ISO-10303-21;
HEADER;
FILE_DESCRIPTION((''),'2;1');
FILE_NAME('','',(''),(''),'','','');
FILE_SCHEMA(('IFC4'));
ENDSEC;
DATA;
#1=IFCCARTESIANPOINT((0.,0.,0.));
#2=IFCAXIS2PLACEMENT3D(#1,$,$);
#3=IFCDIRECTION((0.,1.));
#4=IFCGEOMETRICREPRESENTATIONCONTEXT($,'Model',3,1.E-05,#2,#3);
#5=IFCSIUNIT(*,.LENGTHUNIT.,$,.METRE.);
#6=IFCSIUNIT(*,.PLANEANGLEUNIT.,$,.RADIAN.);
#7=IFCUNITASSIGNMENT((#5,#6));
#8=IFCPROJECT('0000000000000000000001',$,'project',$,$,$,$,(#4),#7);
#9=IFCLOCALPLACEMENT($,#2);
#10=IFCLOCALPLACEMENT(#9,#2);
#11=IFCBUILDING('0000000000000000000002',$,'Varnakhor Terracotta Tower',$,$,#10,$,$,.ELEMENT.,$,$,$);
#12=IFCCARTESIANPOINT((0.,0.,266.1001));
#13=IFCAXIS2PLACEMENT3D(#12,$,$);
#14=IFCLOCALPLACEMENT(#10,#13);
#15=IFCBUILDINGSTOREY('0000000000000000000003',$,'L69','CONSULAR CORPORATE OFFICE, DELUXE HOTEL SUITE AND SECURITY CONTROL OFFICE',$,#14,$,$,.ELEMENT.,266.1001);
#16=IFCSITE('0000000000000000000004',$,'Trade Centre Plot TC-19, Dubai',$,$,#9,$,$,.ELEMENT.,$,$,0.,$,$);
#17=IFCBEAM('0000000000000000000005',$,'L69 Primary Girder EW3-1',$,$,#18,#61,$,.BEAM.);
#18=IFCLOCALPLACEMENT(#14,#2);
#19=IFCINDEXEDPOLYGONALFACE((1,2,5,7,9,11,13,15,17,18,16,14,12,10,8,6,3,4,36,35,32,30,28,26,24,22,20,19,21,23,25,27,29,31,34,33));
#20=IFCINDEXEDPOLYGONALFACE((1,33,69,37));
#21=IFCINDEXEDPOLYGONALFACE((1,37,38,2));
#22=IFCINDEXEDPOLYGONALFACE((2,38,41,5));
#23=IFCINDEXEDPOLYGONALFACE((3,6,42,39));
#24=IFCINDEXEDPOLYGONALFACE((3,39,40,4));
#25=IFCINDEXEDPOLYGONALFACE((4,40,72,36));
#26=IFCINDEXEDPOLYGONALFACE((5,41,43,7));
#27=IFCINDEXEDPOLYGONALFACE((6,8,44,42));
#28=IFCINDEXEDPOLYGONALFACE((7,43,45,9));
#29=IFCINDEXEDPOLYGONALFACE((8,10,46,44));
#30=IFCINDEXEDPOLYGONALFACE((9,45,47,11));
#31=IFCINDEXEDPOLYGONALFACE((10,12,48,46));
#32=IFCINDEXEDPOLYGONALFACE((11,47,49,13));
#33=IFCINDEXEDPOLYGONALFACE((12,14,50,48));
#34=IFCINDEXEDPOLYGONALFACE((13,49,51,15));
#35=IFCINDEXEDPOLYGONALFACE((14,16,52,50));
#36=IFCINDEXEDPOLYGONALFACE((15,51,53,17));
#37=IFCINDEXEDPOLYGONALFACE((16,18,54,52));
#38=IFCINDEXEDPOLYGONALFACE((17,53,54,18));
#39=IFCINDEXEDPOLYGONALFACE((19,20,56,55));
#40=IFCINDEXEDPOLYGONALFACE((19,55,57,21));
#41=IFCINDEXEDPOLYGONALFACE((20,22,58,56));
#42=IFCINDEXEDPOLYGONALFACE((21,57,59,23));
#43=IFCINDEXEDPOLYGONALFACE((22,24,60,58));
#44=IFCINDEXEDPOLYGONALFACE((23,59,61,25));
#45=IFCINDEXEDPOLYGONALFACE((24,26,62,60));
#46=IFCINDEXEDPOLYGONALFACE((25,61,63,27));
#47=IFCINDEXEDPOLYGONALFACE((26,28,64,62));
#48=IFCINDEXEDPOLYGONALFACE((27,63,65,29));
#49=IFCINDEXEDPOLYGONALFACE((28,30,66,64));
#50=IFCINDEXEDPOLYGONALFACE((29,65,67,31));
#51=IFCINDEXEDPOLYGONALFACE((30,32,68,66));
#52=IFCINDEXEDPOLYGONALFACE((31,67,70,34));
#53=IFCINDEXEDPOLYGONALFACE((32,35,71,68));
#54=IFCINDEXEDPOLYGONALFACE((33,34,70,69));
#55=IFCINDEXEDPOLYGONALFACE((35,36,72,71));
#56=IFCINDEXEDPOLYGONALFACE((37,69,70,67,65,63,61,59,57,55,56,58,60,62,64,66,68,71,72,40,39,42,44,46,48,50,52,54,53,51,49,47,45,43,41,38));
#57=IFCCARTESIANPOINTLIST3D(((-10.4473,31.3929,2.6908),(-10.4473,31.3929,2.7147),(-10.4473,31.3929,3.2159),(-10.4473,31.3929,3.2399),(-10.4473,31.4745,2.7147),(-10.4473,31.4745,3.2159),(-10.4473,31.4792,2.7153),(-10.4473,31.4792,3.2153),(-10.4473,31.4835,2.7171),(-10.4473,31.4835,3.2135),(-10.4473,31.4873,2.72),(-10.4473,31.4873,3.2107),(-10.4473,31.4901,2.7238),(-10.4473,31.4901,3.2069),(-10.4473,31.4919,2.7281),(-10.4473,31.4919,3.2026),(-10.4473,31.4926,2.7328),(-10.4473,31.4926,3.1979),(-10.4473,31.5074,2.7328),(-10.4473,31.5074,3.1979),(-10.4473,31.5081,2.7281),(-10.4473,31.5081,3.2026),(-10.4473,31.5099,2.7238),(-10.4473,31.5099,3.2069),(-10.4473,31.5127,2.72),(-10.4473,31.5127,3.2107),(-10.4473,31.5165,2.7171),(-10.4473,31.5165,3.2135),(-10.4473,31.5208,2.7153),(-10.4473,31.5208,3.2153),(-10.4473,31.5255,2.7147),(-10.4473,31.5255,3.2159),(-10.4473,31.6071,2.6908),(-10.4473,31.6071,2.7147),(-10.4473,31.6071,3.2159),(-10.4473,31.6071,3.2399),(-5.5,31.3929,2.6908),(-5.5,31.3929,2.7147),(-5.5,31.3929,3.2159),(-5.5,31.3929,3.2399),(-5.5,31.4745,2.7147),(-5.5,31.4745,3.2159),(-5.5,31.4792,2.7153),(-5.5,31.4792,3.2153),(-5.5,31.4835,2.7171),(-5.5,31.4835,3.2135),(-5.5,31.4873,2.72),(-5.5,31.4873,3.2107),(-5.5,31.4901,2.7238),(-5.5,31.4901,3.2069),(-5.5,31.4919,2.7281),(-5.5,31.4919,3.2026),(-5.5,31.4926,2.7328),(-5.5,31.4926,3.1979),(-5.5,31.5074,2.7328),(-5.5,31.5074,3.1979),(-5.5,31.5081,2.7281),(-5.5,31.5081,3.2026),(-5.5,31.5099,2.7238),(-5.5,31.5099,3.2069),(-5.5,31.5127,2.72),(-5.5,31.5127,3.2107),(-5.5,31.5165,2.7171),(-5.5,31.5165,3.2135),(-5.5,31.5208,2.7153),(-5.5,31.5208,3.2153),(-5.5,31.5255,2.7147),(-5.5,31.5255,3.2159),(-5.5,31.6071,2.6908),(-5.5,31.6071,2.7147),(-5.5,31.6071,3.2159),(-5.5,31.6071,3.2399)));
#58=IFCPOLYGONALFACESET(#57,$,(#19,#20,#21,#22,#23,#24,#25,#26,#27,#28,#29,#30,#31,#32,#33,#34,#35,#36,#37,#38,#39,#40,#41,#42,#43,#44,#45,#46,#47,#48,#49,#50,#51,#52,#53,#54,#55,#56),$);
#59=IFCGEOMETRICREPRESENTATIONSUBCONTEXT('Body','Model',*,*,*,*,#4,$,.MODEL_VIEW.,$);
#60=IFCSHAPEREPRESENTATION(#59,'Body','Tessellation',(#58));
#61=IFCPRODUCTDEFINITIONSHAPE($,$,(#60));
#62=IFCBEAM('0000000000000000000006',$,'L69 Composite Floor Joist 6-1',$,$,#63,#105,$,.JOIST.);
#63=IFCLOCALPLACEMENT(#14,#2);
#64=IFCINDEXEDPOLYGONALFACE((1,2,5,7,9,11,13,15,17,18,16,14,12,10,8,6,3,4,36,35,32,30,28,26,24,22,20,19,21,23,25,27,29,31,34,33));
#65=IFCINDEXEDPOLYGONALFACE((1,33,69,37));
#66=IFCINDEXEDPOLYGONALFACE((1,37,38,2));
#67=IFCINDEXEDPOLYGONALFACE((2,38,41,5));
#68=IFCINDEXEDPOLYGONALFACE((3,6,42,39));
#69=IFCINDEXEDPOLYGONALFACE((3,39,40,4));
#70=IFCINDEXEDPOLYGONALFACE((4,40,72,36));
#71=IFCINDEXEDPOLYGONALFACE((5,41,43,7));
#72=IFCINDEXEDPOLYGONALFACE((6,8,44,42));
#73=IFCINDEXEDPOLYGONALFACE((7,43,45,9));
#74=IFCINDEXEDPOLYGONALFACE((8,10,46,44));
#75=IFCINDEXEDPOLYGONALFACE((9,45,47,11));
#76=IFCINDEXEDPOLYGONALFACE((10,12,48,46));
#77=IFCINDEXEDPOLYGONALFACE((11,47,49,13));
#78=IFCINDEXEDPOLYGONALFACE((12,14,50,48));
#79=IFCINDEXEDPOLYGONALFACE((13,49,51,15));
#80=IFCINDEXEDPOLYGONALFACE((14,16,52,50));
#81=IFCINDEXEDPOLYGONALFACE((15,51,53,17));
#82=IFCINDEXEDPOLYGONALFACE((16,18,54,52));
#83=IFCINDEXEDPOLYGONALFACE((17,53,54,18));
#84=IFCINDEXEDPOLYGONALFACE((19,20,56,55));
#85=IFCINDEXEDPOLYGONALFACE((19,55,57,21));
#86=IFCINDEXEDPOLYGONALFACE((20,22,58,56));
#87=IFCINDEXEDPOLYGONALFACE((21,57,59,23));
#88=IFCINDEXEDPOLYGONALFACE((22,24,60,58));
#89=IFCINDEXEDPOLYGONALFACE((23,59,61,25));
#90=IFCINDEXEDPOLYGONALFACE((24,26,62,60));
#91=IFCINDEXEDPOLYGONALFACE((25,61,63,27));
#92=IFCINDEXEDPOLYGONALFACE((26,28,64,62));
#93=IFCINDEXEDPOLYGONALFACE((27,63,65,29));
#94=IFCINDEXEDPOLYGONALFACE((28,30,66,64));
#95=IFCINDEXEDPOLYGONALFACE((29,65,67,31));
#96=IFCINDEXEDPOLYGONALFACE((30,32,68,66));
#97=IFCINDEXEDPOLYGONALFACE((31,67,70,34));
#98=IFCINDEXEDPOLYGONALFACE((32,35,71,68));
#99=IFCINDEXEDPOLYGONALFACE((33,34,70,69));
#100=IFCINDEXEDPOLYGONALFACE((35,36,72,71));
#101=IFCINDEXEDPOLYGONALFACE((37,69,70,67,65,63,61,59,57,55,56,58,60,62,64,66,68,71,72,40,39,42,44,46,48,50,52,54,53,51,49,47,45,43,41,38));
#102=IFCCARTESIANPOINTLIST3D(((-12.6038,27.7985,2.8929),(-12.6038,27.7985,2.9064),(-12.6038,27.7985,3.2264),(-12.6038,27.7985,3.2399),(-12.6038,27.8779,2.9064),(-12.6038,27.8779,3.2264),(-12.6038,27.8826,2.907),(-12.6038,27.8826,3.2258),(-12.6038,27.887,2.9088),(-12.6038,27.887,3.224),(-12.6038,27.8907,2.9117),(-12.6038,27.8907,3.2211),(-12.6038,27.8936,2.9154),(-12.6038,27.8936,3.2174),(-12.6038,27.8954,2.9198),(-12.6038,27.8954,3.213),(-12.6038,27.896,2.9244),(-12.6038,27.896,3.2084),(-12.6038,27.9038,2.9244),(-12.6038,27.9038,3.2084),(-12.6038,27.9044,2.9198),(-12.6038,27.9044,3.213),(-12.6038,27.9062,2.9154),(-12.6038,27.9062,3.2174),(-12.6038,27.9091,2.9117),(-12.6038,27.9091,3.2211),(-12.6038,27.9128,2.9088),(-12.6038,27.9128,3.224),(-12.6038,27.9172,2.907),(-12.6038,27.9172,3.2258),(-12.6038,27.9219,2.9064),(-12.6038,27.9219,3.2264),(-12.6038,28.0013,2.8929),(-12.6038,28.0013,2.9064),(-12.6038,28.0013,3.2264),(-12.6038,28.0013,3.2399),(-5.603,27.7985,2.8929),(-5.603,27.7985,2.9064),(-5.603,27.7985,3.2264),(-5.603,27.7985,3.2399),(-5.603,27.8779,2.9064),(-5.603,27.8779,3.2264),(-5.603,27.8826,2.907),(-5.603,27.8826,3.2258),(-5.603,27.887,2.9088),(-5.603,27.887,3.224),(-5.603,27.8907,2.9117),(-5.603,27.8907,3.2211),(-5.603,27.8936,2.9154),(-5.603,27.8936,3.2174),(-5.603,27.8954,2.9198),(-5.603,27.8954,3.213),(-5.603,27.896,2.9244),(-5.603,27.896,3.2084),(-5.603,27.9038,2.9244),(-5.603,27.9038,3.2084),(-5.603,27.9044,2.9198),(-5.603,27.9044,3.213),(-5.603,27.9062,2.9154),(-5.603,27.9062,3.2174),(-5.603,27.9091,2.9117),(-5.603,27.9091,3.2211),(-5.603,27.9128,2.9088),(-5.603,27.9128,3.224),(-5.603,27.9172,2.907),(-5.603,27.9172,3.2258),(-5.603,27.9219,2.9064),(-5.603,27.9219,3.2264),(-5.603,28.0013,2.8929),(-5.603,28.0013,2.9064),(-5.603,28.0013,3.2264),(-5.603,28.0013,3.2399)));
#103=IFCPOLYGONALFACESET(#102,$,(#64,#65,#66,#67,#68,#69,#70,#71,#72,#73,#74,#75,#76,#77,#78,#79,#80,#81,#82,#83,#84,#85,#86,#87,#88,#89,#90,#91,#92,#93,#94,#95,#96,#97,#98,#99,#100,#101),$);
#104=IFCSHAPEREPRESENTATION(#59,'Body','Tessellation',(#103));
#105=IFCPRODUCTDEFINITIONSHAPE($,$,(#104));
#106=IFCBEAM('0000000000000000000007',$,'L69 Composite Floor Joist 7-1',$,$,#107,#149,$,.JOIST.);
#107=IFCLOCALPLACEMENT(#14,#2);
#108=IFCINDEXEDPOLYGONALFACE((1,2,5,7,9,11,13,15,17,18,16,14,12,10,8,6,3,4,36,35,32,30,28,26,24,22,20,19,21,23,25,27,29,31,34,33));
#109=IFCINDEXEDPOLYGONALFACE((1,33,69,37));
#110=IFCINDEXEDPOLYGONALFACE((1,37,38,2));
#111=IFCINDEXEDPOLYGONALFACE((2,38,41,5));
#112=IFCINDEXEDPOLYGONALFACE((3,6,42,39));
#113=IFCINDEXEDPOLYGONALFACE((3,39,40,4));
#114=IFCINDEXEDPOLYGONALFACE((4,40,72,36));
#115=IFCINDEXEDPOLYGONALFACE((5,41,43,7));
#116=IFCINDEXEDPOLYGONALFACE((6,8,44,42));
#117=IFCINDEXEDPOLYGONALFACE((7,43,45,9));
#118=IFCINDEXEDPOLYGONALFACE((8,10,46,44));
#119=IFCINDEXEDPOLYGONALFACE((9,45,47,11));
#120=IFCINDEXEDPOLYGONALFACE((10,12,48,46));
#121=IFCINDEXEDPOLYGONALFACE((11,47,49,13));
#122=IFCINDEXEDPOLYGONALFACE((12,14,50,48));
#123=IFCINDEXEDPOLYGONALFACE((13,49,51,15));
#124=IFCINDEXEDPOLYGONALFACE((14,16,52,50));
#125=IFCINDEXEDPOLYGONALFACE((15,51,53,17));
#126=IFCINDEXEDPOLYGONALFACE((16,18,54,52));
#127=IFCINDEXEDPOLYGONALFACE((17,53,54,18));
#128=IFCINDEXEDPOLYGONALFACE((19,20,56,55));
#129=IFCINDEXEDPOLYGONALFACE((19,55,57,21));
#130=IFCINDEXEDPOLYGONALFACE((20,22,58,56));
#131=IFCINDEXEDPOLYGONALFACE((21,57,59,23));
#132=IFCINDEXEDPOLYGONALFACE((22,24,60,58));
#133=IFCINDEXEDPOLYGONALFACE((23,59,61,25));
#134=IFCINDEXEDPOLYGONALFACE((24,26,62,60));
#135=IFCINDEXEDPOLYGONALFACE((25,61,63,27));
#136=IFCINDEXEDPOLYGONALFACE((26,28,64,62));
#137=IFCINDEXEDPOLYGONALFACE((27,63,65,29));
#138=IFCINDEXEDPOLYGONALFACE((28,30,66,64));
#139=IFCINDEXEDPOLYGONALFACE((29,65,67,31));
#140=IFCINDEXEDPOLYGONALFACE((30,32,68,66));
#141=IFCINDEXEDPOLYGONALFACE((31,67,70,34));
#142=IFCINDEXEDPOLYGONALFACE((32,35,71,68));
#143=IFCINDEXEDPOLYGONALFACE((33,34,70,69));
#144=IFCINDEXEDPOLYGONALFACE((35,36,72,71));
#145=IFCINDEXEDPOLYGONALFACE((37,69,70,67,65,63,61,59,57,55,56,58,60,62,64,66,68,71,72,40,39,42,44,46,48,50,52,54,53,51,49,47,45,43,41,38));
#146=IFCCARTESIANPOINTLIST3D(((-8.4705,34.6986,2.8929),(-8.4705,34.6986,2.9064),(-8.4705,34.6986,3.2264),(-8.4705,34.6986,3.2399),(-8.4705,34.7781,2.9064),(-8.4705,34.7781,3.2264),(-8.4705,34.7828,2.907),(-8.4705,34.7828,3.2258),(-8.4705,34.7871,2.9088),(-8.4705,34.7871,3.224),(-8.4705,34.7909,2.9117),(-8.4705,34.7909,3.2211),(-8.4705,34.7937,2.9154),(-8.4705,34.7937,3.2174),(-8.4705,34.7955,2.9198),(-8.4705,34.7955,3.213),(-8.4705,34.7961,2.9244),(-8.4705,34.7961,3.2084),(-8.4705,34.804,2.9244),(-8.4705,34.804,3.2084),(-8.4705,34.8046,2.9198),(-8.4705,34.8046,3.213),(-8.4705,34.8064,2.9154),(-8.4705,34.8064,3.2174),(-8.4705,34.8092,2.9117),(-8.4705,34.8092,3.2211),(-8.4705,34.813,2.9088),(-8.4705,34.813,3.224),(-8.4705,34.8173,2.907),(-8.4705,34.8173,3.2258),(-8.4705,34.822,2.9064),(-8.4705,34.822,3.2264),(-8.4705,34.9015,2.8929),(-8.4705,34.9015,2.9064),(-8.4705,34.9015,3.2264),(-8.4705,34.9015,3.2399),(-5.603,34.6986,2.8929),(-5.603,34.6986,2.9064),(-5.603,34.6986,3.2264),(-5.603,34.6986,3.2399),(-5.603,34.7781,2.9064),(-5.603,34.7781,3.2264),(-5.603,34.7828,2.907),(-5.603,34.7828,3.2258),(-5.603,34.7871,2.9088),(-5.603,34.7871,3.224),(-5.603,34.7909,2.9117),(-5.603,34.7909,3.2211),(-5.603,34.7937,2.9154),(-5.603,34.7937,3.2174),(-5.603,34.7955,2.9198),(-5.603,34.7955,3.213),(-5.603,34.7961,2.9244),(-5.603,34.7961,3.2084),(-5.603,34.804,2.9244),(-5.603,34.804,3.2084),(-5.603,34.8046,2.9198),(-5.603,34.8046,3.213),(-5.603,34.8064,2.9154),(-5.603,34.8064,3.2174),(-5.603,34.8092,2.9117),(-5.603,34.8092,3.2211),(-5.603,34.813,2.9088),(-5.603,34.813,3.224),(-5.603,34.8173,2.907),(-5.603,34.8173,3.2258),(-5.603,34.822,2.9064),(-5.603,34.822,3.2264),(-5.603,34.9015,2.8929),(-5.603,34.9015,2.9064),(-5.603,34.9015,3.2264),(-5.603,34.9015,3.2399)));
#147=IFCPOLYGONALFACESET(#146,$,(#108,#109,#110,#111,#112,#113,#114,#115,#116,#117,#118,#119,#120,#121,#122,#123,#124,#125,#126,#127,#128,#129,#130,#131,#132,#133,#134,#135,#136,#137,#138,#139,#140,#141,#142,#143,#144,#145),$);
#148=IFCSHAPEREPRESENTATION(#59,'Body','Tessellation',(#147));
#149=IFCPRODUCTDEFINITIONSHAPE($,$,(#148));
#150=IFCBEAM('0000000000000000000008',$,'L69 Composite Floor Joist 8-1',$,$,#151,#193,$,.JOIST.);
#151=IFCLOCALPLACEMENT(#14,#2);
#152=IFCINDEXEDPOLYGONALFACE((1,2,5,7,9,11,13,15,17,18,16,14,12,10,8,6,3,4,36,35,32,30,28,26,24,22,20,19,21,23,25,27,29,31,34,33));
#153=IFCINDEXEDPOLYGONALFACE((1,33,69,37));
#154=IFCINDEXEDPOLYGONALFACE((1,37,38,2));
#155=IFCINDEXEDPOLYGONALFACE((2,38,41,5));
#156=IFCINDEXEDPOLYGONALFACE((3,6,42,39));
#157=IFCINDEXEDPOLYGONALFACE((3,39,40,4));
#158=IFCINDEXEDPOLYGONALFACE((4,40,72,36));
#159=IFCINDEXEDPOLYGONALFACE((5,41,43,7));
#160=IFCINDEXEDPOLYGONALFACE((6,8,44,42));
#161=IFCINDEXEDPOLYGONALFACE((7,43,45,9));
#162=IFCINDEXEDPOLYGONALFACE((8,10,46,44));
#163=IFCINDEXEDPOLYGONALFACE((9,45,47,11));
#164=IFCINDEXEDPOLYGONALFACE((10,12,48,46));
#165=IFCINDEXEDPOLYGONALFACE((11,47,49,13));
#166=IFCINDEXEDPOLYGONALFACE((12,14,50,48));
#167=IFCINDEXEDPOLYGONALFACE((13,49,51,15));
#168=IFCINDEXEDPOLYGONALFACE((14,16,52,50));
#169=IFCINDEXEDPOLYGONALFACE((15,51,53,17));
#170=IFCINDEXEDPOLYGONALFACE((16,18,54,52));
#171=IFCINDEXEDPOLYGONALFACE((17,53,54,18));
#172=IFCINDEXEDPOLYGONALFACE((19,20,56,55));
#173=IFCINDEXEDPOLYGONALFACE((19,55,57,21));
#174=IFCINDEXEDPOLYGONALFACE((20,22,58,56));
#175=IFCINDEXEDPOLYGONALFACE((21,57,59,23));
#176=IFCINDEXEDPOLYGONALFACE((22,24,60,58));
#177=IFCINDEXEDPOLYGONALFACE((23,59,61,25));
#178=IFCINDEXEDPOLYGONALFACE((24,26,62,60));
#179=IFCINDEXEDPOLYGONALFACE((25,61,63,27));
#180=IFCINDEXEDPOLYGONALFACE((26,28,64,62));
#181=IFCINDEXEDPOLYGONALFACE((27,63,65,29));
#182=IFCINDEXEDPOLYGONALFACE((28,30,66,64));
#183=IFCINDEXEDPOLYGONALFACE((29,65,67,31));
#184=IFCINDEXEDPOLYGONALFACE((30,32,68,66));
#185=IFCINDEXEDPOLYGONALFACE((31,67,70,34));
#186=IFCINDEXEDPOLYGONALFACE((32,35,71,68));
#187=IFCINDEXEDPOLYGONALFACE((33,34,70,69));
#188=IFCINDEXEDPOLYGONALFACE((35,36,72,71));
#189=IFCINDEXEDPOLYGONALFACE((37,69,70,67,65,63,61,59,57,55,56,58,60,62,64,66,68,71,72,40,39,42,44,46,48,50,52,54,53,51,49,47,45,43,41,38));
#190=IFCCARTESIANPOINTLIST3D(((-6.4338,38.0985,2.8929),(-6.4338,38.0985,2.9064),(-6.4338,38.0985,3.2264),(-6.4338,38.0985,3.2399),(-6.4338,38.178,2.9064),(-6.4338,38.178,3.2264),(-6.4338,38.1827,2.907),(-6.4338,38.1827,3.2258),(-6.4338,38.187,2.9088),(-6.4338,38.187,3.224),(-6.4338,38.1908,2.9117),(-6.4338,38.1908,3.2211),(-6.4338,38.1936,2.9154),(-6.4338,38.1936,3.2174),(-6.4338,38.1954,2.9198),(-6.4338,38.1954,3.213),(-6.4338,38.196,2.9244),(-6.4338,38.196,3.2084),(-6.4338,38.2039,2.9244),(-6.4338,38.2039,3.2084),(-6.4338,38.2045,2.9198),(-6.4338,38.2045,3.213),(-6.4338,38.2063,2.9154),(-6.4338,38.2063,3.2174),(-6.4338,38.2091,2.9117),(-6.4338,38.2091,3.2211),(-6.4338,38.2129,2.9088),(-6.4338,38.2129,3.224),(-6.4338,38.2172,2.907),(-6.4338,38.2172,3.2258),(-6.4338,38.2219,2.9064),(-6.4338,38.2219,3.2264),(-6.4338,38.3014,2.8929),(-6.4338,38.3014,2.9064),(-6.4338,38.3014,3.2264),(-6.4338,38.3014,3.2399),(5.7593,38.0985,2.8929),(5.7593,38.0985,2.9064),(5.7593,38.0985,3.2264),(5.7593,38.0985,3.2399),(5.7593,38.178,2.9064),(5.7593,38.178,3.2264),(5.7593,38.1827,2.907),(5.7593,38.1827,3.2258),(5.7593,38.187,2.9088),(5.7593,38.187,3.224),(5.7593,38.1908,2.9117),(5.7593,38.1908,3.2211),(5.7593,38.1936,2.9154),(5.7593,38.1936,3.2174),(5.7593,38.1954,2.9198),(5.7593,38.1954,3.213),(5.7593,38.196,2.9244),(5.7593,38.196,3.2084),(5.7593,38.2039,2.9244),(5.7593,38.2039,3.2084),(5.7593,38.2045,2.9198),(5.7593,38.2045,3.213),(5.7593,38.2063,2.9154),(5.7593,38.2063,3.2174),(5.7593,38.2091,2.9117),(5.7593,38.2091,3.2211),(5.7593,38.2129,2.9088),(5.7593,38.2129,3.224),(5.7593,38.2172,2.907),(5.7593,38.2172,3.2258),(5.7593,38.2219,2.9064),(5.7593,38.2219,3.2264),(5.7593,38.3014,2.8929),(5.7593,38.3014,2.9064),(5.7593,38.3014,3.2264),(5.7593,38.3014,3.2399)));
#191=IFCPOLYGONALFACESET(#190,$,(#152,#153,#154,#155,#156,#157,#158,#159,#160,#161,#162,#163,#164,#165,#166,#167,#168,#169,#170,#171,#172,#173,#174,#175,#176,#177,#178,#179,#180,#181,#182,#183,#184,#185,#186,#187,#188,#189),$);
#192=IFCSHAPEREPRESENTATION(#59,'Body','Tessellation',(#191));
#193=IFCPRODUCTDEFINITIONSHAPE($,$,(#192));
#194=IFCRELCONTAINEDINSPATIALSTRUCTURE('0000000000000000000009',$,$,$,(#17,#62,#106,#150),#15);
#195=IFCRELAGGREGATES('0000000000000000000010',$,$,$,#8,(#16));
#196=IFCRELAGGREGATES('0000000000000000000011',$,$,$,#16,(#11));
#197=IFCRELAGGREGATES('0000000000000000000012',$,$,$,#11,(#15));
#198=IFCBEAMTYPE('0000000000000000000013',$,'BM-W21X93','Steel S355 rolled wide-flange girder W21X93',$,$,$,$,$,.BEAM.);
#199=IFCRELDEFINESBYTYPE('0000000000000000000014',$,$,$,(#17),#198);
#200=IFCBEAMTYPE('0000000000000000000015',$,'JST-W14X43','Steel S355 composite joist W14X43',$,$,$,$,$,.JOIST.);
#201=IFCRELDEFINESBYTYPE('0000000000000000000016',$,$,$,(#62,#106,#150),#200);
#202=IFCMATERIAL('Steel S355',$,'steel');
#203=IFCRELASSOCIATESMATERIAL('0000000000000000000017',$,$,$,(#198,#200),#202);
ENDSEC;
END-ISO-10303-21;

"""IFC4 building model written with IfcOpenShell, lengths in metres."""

from ifc_helpers import new_model, si_unit, direction, frame, origin, origin_2d, place, context, subcontext, project, spatial, i_section, extrude, source, transform, mapped, material, material_profile, profile_set, type_object, element, save


model = new_model("IFC4")

# Units and contexts
model_context = context("Model", 3, precision=1e-05, world=origin(), true_north=direction((0.0, 1.0)))
body_context = subcontext(model_context, "Body", "Model", "MODEL_VIEW")
ifc_project = project(units=[si_unit("LENGTHUNIT", "METRE"), si_unit("PLANEANGLEUNIT", "RADIAN")], contexts=[model_context])

# Site, building, storey
site_placement = place(None, origin())
site = spatial("IfcSite", under=ifc_project, at=site_placement, Name="Trade Centre Plot TC-19, Dubai", CompositionType="ELEMENT", RefElevation=0.0)
building_placement = place(site_placement, origin())
building = spatial("IfcBuilding", under=site, at=building_placement, Name="Varnakhor Terracotta Tower", CompositionType="ELEMENT")
storey_placement = place(building_placement, frame((0.0, 0.0, 266.1001)))
storey = spatial("IfcBuildingStorey", under=building, at=storey_placement, Name="L69", Description="CONSULAR CORPORATE OFFICE, DELUXE HOTEL SUITE AND SECURITY CONTROL OFFICE", CompositionType="ELEMENT", Elevation=266.1001)

# Beams
ifc_material_1 = material(Name="Steel S355", Category="steel")
ifc_material_profile_1 = material_profile(ifc_material_1, i_section(OverallWidth=0.2141, OverallDepth=0.5491, WebThickness=0.0149, FlangeThickness=0.0239, FilletRadius=0.0181, at=origin_2d()), Name="W21X93")
ifc_profile_set_1 = profile_set([ifc_material_profile_1], Name="Steel S355")
beam_type_1 = type_object("IfcBeamType", Name="BM-W21X93", Description="Steel S355 rolled wide-flange girder W21X93", PredefinedType="BEAM", material=ifc_profile_set_1)
ifc_material_profile_2 = material_profile(ifc_material_1, i_section(OverallWidth=0.2029, OverallDepth=0.3469, WebThickness=0.0078, FlangeThickness=0.0134, FilletRadius=0.0181, at=origin_2d()), Name="W14X43")
ifc_profile_set_2 = profile_set([ifc_material_profile_2], Name="Steel S355")
beam_type_2 = type_object("IfcBeamType", Name="JST-W14X43", Description="Steel S355 composite joist W14X43", PredefinedType="JOIST", material=ifc_profile_set_2)
shared_shape_1 = source(origin(), body_context, "Body", "SweptSolid", [
    extrude(i_section(OverallWidth=0.2141, OverallDepth=0.5491, WebThickness=0.0149, FlangeThickness=0.0239, FilletRadius=0.0181, at=origin_2d()), origin(), (0.0, 0.0, 1.0), 4.9473),
])
beam_1_placement = place(storey_placement, frame((-10.4473, 31.5, 2.9653), z_axis=(1.0, 0.0, 0.0), x_axis=(0.0, 1.0, 0.0)))
element("IfcBeam", 1, at=beam_1_placement, inside=storey, type_object=beam_type_1, Name="L69 Primary Girder EW3-1", PredefinedType="BEAM", context=body_context, shape_type="MappedRepresentation", body=[
    mapped(shared_shape_1, transform((0.0, 0.0, 0.0), scale=1.0)),
])
shared_shape_2 = source(origin(), body_context, "Body", "SweptSolid", [
    extrude(i_section(OverallWidth=0.2029, OverallDepth=0.3469, WebThickness=0.0078, FlangeThickness=0.0134, FilletRadius=0.0181, at=origin_2d()), origin(), (0.0, 0.0, 1.0), 7.0007),
])
beam_2_placement = place(storey_placement, frame((-12.6038, 27.8999, 3.0664), z_axis=(1.0, 0.0, 0.0), x_axis=(0.0, 1.0, 0.0)))
element("IfcBeam", 2, at=beam_2_placement, inside=storey, type_object=beam_type_2, Name="L69 Composite Floor Joist 6-1", PredefinedType="JOIST", context=body_context, shape_type="MappedRepresentation", body=[
    mapped(shared_shape_2, transform((0.0, 0.0, 0.0), scale=1.0)),
])
shared_shape_3 = source(origin(), body_context, "Body", "SweptSolid", [
    extrude(i_section(OverallWidth=0.2029, OverallDepth=0.3469, WebThickness=0.0078, FlangeThickness=0.0134, FilletRadius=0.0181, at=origin_2d()), origin(), (0.0, 0.0, 1.0), 2.8674),
])
beam_3_placement = place(storey_placement, frame((-8.4705, 34.8, 3.0664), z_axis=(1.0, 0.0, 0.0), x_axis=(0.0, 1.0, 0.0)))
element("IfcBeam", 3, at=beam_3_placement, inside=storey, type_object=beam_type_2, Name="L69 Composite Floor Joist 7-1", PredefinedType="JOIST", context=body_context, shape_type="MappedRepresentation", body=[
    mapped(shared_shape_3, transform((0.0, 0.0, 0.0), scale=1.0)),
])
shared_shape_4 = source(origin(), body_context, "Body", "SweptSolid", [
    extrude(i_section(OverallWidth=0.2029, OverallDepth=0.3469, WebThickness=0.0078, FlangeThickness=0.0134, FilletRadius=0.0181, at=origin_2d()), origin(), (0.0, 0.0, 1.0), 12.1931),
])
beam_4_placement = place(storey_placement, frame((-6.4338, 38.2, 3.0664), z_axis=(1.0, 0.0, 0.0), x_axis=(0.0, 1.0, 0.0)))
element("IfcBeam", 4, at=beam_4_placement, inside=storey, type_object=beam_type_2, Name="L69 Composite Floor Joist 8-1", PredefinedType="JOIST", context=body_context, shape_type="MappedRepresentation", body=[
    mapped(shared_shape_4, transform((0.0, 0.0, 0.0), scale=1.0)),
])

save(model, "model.ifc")
